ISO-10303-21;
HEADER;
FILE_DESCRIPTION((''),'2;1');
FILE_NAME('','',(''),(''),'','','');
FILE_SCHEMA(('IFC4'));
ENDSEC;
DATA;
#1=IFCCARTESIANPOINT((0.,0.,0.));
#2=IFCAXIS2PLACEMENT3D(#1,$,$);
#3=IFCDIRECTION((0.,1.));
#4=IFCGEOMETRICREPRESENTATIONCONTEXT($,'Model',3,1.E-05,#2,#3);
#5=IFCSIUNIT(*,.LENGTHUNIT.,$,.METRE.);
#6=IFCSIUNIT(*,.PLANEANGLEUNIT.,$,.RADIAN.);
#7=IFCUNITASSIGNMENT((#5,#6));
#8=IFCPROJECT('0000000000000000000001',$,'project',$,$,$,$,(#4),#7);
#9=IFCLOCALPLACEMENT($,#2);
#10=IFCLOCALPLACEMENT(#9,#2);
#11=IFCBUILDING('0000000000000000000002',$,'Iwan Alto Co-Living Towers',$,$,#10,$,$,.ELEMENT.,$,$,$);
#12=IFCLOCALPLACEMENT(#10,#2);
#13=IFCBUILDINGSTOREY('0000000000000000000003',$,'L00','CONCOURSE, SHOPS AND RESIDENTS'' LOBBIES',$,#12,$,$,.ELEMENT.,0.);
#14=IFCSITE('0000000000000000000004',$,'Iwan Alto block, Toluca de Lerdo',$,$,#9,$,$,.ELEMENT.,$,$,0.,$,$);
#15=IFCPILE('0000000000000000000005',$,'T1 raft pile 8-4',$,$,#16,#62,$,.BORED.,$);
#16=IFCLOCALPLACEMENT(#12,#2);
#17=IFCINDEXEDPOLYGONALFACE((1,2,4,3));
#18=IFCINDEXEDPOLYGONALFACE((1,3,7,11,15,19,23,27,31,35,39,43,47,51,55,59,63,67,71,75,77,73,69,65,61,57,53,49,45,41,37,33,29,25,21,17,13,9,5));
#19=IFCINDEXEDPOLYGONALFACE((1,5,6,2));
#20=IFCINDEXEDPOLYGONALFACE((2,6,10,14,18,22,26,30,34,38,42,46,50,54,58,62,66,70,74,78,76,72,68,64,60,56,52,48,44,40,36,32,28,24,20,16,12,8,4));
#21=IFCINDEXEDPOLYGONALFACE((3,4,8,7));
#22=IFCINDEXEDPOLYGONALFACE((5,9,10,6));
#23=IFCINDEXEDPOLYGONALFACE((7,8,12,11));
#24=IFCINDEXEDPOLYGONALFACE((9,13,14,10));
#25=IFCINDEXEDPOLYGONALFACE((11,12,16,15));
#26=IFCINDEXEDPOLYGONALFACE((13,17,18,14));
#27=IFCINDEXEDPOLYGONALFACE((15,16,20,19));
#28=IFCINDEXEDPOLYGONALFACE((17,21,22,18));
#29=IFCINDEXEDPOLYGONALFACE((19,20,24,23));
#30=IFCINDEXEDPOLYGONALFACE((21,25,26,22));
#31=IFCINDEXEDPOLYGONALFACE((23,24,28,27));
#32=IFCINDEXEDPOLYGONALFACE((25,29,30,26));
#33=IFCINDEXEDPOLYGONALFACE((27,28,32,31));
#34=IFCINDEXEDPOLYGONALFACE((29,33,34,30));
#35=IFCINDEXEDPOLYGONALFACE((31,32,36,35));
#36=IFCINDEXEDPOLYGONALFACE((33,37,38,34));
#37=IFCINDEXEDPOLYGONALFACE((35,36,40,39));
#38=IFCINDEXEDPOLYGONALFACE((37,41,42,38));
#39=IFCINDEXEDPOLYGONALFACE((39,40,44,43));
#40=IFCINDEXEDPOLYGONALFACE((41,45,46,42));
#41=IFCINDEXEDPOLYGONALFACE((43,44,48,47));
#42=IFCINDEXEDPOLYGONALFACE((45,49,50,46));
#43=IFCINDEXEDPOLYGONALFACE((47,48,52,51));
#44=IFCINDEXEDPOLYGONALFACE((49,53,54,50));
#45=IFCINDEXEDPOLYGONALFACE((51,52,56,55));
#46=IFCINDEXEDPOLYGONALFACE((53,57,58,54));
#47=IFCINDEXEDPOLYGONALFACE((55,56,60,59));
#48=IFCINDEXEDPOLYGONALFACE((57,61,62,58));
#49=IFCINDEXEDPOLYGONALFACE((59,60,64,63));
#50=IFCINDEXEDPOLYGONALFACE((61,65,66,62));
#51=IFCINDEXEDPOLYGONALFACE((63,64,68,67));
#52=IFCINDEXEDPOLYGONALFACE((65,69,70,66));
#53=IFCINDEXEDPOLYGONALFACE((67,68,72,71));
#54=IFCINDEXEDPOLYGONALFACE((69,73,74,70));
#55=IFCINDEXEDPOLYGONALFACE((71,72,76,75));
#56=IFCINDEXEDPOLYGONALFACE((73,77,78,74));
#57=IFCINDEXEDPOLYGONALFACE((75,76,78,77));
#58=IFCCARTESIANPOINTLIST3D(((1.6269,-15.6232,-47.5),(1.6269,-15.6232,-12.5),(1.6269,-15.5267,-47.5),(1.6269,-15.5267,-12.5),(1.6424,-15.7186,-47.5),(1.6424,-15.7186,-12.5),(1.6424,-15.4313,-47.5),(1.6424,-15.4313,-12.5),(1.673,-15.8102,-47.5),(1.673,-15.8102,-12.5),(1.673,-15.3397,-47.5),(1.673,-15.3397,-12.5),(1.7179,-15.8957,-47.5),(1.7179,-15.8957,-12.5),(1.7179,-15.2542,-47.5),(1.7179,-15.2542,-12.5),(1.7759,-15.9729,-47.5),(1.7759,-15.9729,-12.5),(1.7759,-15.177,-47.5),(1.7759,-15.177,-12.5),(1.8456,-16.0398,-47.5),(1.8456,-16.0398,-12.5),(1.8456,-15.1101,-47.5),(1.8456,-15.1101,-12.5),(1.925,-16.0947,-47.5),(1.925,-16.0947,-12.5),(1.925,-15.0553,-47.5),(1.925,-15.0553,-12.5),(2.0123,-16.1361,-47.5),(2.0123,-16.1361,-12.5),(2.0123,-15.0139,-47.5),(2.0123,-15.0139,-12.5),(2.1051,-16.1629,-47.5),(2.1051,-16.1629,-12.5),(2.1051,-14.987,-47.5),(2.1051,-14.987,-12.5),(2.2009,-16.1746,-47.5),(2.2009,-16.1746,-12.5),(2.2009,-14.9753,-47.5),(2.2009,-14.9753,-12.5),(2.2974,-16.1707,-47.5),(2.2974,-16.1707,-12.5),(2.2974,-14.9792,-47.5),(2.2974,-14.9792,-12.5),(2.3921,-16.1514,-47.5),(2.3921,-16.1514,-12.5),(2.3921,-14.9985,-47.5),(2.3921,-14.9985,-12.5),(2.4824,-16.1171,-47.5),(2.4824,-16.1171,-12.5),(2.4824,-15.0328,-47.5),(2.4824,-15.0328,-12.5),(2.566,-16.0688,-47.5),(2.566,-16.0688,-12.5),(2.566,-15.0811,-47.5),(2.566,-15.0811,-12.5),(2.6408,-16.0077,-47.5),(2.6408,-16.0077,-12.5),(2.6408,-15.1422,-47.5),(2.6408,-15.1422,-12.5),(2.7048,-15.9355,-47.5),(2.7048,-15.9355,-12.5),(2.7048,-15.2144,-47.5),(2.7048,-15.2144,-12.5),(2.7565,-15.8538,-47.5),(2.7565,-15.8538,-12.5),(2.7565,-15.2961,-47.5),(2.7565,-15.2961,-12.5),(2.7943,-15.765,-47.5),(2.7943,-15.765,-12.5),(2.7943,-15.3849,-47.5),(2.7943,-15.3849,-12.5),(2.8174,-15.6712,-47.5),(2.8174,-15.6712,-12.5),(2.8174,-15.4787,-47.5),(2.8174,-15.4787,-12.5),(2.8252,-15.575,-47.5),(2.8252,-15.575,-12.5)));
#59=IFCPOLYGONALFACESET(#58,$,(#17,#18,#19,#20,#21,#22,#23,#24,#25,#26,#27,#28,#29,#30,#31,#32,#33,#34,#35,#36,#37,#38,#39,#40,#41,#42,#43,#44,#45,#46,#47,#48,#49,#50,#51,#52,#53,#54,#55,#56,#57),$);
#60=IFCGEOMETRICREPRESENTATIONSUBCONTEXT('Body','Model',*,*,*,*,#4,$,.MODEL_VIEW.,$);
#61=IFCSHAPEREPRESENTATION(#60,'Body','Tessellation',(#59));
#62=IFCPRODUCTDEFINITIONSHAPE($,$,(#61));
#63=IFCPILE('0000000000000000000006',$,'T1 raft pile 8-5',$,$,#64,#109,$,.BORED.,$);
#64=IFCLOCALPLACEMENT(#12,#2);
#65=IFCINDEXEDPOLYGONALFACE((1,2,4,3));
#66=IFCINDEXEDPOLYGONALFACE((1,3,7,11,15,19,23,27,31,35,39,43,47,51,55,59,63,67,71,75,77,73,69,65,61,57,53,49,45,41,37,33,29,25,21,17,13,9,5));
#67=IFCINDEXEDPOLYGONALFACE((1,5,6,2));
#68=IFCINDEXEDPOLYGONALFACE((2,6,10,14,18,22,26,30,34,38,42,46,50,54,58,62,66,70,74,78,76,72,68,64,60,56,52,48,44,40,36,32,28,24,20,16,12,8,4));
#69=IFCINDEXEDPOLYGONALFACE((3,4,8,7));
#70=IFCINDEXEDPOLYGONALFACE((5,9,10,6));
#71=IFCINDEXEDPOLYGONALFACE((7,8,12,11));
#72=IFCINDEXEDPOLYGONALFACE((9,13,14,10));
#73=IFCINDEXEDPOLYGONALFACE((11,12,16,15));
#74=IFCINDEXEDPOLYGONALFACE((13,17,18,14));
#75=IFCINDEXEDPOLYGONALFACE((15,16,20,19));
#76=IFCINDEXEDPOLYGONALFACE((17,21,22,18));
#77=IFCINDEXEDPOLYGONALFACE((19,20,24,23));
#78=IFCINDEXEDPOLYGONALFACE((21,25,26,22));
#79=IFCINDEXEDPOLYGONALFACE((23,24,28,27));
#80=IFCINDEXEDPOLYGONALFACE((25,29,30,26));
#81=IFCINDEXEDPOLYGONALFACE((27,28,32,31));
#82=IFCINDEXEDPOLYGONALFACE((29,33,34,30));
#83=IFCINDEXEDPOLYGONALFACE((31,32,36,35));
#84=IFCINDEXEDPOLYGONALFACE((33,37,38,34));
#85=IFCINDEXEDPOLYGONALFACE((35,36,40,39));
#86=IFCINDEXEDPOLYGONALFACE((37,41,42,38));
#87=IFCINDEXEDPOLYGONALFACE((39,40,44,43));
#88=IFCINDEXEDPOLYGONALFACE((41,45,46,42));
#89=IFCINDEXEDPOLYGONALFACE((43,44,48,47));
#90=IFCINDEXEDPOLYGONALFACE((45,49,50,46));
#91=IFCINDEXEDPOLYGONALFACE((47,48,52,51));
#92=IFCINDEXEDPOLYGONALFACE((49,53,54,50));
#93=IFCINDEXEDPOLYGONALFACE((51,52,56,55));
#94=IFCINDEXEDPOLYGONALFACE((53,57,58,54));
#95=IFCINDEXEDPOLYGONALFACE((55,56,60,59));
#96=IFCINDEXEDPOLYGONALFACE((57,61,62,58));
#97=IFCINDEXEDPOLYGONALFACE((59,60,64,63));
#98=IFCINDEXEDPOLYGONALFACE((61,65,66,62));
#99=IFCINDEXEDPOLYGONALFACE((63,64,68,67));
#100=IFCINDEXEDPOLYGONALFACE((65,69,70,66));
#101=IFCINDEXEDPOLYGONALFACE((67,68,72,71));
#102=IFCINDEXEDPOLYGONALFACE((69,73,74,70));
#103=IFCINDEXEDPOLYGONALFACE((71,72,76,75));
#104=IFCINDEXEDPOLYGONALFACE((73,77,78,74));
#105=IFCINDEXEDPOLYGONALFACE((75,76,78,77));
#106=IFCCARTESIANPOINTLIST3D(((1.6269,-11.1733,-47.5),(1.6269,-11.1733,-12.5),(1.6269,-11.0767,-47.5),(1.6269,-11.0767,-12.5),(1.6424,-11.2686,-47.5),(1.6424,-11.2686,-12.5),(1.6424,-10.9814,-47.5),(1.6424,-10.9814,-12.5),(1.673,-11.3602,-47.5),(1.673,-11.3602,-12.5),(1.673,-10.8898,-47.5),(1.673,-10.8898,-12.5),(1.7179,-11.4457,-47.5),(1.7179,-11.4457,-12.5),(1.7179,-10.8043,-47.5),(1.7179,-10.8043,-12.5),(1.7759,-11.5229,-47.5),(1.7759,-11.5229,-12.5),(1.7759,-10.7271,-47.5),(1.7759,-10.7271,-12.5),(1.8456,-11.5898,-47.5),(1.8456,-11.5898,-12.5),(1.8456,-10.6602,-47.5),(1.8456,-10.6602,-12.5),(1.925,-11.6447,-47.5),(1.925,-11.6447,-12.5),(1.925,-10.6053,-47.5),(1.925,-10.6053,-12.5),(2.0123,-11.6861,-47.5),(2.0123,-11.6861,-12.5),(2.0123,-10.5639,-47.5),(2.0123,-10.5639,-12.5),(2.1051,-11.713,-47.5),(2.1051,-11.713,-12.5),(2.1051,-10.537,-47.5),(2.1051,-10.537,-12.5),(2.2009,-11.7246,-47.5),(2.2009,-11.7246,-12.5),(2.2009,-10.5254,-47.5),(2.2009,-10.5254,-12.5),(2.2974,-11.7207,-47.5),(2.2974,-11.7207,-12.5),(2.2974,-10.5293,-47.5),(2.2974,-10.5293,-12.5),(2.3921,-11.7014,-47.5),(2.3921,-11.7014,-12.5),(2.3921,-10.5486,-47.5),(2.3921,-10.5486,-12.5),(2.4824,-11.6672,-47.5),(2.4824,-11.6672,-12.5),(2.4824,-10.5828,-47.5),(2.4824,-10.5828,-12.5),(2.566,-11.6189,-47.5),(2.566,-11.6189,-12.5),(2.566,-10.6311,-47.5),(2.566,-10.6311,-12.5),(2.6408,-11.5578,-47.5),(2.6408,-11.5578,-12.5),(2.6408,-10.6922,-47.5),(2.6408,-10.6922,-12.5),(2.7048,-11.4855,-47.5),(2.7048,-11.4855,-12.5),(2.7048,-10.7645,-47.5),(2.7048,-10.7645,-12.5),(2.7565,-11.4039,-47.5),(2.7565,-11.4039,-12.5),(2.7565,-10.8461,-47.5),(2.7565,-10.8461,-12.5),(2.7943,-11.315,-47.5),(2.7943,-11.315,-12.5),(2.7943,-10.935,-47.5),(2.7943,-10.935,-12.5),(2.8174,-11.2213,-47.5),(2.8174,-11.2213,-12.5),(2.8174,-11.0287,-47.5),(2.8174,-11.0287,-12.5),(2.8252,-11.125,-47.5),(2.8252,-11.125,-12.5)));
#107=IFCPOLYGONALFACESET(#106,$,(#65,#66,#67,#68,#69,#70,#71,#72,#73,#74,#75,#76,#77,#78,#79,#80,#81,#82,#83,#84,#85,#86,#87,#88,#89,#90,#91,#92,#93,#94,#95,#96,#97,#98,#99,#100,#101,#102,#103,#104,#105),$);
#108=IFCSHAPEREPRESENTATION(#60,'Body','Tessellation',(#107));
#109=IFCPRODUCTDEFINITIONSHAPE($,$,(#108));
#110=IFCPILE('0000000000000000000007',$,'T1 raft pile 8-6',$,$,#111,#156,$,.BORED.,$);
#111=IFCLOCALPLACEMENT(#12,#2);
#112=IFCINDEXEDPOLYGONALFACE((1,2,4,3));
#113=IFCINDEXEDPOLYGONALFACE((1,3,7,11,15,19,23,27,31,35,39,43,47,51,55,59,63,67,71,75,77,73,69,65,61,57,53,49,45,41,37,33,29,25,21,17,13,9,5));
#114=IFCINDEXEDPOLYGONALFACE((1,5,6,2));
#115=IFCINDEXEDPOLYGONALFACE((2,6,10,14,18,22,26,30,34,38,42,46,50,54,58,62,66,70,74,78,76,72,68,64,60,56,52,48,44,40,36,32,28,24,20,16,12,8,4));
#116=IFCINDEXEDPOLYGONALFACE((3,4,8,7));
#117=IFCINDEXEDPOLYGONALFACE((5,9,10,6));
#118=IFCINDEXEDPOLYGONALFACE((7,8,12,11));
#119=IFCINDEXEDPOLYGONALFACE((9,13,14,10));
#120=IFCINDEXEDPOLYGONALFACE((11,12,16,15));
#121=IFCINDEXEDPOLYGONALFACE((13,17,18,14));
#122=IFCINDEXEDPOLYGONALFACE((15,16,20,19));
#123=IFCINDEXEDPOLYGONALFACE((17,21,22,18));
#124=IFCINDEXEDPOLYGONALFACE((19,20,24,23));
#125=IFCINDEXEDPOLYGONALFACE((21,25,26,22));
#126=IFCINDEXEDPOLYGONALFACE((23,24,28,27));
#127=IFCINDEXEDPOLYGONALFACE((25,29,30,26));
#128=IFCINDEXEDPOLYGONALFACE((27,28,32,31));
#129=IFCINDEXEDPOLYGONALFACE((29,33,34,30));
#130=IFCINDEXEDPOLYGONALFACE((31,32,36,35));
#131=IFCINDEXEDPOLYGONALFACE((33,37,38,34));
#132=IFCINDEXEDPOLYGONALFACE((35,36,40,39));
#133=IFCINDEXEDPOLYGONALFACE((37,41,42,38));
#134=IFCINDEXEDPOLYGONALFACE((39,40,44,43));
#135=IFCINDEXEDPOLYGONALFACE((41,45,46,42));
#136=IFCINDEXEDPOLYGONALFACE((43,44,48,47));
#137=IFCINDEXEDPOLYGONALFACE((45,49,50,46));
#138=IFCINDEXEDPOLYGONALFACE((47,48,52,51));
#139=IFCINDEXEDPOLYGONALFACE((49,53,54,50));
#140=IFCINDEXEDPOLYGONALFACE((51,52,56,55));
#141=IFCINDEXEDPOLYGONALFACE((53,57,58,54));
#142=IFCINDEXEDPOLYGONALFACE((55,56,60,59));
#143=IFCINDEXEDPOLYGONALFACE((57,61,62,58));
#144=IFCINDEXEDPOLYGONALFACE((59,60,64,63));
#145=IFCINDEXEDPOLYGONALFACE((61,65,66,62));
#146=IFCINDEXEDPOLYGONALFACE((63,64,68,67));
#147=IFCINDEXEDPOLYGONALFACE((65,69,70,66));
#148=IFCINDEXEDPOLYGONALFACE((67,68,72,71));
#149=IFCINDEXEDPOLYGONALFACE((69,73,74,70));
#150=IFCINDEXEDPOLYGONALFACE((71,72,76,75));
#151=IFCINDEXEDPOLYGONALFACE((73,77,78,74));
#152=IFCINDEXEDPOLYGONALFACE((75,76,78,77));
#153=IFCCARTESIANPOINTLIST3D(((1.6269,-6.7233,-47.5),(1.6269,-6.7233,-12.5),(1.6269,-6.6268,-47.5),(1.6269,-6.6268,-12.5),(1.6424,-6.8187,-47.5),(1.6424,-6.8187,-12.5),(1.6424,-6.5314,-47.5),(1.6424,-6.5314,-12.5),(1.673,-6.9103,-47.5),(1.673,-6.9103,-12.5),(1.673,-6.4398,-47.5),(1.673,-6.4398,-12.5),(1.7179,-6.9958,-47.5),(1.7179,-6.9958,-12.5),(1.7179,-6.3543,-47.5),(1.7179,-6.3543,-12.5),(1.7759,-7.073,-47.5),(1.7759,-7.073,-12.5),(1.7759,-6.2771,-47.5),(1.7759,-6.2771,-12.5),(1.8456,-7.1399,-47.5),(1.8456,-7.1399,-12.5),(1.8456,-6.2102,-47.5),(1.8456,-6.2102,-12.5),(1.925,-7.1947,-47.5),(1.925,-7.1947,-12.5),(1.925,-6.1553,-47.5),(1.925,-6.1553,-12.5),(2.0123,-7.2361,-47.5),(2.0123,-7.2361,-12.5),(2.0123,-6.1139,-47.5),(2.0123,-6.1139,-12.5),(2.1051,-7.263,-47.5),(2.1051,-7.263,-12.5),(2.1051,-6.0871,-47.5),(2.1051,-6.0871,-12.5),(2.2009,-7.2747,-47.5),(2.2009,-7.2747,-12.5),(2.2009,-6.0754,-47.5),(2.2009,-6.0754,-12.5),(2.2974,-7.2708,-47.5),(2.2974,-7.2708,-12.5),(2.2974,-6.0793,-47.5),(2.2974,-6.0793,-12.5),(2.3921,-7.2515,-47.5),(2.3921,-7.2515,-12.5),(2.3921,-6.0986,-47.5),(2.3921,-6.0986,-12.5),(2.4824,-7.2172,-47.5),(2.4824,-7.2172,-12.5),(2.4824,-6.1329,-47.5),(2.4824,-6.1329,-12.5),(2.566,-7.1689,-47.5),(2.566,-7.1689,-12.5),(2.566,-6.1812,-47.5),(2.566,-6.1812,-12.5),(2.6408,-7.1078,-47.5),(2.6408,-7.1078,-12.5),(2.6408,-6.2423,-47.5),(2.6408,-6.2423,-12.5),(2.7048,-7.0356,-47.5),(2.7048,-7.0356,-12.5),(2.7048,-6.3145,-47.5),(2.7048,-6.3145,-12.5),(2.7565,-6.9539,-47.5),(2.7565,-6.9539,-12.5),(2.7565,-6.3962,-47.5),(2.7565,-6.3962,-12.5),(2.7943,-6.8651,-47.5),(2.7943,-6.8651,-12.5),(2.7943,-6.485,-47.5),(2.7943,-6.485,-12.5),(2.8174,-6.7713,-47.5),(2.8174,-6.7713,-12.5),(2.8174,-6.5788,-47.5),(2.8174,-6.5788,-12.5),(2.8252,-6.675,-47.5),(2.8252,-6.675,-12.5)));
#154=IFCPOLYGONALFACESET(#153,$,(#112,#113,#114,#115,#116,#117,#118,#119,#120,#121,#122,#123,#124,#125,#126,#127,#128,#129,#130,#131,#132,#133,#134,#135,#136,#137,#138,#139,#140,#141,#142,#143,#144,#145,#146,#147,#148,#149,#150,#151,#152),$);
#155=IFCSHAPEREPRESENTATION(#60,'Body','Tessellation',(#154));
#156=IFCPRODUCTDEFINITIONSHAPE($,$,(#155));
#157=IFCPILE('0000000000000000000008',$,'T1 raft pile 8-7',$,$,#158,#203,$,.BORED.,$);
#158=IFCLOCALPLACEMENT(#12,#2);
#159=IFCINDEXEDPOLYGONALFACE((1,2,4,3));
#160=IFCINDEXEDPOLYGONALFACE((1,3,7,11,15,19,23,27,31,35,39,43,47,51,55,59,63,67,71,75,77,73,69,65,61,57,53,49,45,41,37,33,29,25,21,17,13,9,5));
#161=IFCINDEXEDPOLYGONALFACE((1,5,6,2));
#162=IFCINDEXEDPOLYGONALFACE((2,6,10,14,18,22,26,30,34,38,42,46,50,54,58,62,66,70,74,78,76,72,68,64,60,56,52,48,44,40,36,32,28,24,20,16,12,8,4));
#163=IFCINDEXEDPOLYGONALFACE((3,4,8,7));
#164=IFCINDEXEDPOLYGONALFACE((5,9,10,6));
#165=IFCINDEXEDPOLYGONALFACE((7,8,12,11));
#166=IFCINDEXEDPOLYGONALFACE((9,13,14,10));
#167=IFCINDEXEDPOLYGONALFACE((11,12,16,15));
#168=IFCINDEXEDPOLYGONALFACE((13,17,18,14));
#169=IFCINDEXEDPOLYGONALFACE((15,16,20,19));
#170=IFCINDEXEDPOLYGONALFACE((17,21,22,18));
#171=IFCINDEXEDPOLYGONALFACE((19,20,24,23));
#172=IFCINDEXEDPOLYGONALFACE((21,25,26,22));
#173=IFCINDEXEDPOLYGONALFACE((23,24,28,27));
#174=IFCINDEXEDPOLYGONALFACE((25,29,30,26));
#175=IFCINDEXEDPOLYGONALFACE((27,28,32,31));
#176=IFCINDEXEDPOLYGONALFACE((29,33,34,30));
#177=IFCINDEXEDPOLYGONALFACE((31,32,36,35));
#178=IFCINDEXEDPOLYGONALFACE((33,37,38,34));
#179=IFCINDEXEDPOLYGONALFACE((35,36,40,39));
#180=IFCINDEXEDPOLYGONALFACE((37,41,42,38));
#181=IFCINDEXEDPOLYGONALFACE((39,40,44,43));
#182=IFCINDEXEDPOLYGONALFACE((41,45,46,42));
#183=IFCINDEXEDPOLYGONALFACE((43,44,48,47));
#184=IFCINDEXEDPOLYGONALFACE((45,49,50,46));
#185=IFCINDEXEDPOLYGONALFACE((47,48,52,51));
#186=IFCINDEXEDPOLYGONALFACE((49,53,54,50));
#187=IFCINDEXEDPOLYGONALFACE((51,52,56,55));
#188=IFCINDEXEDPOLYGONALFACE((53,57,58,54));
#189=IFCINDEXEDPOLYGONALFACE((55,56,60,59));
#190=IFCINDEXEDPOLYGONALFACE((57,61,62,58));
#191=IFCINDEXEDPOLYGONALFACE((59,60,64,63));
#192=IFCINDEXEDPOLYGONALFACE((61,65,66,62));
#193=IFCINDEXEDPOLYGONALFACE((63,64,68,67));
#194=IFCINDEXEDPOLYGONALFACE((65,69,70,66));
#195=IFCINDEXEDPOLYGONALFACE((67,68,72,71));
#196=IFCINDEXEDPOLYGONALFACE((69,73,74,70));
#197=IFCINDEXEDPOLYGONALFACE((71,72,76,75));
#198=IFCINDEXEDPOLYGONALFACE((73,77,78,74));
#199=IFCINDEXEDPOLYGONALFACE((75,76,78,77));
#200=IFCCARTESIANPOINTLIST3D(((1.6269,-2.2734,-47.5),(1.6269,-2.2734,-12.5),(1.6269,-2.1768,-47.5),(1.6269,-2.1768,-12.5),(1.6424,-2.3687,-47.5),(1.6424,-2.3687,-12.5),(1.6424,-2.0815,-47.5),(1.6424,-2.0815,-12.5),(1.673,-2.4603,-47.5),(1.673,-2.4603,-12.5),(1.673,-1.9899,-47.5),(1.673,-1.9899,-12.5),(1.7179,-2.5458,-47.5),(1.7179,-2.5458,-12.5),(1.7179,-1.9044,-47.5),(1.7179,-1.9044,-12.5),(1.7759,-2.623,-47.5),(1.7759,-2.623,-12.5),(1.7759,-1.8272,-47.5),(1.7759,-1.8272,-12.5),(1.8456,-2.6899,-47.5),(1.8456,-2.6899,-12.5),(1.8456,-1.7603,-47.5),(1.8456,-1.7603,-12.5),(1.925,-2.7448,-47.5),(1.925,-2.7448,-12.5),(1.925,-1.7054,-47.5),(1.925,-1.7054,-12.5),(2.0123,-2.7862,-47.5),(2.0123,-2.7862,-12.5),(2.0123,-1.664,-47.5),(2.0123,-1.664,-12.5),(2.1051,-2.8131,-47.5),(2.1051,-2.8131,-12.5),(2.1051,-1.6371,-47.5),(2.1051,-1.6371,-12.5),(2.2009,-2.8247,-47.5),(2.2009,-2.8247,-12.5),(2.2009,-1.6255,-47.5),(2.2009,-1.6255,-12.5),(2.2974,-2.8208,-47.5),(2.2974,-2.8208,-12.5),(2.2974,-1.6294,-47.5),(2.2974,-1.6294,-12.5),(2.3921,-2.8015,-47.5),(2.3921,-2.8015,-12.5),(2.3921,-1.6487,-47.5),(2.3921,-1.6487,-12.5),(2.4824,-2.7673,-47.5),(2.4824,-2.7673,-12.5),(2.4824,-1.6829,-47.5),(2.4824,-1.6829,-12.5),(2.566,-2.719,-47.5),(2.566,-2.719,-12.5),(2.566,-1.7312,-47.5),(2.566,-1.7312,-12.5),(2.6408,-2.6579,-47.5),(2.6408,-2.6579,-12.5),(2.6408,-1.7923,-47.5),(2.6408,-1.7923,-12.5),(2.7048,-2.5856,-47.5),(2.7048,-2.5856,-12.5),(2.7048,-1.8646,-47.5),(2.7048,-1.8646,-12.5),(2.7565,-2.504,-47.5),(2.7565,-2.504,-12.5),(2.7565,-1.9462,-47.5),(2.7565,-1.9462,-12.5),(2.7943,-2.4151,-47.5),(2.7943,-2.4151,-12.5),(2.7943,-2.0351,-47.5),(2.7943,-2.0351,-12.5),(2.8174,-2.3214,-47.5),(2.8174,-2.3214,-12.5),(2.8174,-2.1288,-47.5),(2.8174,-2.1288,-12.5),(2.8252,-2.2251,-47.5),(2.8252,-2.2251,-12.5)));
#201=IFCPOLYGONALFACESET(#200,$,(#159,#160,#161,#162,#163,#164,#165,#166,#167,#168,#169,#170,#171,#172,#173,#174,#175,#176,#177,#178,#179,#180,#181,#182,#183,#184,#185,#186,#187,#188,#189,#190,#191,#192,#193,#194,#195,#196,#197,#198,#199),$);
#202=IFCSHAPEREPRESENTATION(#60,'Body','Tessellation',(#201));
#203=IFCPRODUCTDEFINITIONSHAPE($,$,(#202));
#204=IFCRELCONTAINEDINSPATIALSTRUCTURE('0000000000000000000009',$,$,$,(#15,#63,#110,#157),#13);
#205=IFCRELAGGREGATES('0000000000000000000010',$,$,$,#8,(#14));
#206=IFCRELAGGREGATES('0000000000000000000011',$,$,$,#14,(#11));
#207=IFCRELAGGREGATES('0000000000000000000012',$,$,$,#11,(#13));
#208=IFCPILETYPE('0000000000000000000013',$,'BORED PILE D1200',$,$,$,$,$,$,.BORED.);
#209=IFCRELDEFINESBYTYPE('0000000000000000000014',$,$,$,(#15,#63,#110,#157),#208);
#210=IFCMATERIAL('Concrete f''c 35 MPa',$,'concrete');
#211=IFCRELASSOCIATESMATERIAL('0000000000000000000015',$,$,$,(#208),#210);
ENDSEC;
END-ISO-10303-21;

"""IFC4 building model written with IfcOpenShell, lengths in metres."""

from ifc_helpers import new_model, si_unit, direction, frame, origin, origin_2d, place, context, subcontext, project, spatial, circle, extrude, material, material_profile, profile_set, type_object, element, save


model = new_model("IFC4")

# Units and contexts
model_context = context("Model", 3, precision=1e-05, world=origin(), true_north=direction((0.0, 1.0)))
body_context = subcontext(model_context, "Body", "Model", "MODEL_VIEW")
ifc_project = project(units=[si_unit("LENGTHUNIT", "METRE"), si_unit("PLANEANGLEUNIT", "RADIAN")], contexts=[model_context])

# Site, building, storey
site_placement = place(None, origin())
site = spatial("IfcSite", under=ifc_project, at=site_placement, Name="Iwan Alto block, Toluca de Lerdo", CompositionType="ELEMENT", RefElevation=0.0)
building_placement = place(site_placement, origin())
building = spatial("IfcBuilding", under=site, at=building_placement, Name="Iwan Alto Co-Living Towers", CompositionType="ELEMENT")
storey_placement = place(building_placement, origin())
storey = spatial("IfcBuildingStorey", under=building, at=storey_placement, Name="L00", Description="CONCOURSE, SHOPS AND RESIDENTS' LOBBIES", CompositionType="ELEMENT", Elevation=0.0)

# Piles
ifc_material_1 = material(Name="Concrete f'c 35 MPa", Category="concrete")
ifc_material_profile = material_profile(ifc_material_1, circle(Radius=0.6001, at=origin_2d()), Name="D1200")
ifc_profile_set = profile_set([ifc_material_profile], Name="Concrete f'c 35 MPa")
pile_type = type_object("IfcPileType", Name="BORED PILE D1200", PredefinedType="BORED", material=ifc_profile_set)
for number, where, z_axis, x_axis, name in (
    (1, (2.2251, -15.575, -12.5), (0.0, 0.0, -1.0), (1.0, 0.0, 0.0), "T1 raft pile 8-4"),
    (2, (2.2251, -11.125, -12.5), (0.0, 0.0, -1.0), (1.0, 0.0, 0.0), "T1 raft pile 8-5"),
    (3, (2.2251, -6.675, -12.5), (0.0, 0.0, -1.0), (1.0, 0.0, 0.0), "T1 raft pile 8-6"),
    (4, (2.2251, -2.2251, -12.5), (0.0, 0.0, -1.0), (1.0, 0.0, 0.0), "T1 raft pile 8-7"),
):
    element("IfcPile", number, at=place(storey_placement, frame(where, z_axis=z_axis, x_axis=x_axis)), inside=storey, type_object=pile_type, Name=name, PredefinedType="BORED", context=body_context, shape_type="SweptSolid", body=[
        extrude(circle(Radius=0.6001, at=origin_2d()), origin(), (0.0, 0.0, 1.0), 35.0),
    ])

save(model, "model.ifc")
